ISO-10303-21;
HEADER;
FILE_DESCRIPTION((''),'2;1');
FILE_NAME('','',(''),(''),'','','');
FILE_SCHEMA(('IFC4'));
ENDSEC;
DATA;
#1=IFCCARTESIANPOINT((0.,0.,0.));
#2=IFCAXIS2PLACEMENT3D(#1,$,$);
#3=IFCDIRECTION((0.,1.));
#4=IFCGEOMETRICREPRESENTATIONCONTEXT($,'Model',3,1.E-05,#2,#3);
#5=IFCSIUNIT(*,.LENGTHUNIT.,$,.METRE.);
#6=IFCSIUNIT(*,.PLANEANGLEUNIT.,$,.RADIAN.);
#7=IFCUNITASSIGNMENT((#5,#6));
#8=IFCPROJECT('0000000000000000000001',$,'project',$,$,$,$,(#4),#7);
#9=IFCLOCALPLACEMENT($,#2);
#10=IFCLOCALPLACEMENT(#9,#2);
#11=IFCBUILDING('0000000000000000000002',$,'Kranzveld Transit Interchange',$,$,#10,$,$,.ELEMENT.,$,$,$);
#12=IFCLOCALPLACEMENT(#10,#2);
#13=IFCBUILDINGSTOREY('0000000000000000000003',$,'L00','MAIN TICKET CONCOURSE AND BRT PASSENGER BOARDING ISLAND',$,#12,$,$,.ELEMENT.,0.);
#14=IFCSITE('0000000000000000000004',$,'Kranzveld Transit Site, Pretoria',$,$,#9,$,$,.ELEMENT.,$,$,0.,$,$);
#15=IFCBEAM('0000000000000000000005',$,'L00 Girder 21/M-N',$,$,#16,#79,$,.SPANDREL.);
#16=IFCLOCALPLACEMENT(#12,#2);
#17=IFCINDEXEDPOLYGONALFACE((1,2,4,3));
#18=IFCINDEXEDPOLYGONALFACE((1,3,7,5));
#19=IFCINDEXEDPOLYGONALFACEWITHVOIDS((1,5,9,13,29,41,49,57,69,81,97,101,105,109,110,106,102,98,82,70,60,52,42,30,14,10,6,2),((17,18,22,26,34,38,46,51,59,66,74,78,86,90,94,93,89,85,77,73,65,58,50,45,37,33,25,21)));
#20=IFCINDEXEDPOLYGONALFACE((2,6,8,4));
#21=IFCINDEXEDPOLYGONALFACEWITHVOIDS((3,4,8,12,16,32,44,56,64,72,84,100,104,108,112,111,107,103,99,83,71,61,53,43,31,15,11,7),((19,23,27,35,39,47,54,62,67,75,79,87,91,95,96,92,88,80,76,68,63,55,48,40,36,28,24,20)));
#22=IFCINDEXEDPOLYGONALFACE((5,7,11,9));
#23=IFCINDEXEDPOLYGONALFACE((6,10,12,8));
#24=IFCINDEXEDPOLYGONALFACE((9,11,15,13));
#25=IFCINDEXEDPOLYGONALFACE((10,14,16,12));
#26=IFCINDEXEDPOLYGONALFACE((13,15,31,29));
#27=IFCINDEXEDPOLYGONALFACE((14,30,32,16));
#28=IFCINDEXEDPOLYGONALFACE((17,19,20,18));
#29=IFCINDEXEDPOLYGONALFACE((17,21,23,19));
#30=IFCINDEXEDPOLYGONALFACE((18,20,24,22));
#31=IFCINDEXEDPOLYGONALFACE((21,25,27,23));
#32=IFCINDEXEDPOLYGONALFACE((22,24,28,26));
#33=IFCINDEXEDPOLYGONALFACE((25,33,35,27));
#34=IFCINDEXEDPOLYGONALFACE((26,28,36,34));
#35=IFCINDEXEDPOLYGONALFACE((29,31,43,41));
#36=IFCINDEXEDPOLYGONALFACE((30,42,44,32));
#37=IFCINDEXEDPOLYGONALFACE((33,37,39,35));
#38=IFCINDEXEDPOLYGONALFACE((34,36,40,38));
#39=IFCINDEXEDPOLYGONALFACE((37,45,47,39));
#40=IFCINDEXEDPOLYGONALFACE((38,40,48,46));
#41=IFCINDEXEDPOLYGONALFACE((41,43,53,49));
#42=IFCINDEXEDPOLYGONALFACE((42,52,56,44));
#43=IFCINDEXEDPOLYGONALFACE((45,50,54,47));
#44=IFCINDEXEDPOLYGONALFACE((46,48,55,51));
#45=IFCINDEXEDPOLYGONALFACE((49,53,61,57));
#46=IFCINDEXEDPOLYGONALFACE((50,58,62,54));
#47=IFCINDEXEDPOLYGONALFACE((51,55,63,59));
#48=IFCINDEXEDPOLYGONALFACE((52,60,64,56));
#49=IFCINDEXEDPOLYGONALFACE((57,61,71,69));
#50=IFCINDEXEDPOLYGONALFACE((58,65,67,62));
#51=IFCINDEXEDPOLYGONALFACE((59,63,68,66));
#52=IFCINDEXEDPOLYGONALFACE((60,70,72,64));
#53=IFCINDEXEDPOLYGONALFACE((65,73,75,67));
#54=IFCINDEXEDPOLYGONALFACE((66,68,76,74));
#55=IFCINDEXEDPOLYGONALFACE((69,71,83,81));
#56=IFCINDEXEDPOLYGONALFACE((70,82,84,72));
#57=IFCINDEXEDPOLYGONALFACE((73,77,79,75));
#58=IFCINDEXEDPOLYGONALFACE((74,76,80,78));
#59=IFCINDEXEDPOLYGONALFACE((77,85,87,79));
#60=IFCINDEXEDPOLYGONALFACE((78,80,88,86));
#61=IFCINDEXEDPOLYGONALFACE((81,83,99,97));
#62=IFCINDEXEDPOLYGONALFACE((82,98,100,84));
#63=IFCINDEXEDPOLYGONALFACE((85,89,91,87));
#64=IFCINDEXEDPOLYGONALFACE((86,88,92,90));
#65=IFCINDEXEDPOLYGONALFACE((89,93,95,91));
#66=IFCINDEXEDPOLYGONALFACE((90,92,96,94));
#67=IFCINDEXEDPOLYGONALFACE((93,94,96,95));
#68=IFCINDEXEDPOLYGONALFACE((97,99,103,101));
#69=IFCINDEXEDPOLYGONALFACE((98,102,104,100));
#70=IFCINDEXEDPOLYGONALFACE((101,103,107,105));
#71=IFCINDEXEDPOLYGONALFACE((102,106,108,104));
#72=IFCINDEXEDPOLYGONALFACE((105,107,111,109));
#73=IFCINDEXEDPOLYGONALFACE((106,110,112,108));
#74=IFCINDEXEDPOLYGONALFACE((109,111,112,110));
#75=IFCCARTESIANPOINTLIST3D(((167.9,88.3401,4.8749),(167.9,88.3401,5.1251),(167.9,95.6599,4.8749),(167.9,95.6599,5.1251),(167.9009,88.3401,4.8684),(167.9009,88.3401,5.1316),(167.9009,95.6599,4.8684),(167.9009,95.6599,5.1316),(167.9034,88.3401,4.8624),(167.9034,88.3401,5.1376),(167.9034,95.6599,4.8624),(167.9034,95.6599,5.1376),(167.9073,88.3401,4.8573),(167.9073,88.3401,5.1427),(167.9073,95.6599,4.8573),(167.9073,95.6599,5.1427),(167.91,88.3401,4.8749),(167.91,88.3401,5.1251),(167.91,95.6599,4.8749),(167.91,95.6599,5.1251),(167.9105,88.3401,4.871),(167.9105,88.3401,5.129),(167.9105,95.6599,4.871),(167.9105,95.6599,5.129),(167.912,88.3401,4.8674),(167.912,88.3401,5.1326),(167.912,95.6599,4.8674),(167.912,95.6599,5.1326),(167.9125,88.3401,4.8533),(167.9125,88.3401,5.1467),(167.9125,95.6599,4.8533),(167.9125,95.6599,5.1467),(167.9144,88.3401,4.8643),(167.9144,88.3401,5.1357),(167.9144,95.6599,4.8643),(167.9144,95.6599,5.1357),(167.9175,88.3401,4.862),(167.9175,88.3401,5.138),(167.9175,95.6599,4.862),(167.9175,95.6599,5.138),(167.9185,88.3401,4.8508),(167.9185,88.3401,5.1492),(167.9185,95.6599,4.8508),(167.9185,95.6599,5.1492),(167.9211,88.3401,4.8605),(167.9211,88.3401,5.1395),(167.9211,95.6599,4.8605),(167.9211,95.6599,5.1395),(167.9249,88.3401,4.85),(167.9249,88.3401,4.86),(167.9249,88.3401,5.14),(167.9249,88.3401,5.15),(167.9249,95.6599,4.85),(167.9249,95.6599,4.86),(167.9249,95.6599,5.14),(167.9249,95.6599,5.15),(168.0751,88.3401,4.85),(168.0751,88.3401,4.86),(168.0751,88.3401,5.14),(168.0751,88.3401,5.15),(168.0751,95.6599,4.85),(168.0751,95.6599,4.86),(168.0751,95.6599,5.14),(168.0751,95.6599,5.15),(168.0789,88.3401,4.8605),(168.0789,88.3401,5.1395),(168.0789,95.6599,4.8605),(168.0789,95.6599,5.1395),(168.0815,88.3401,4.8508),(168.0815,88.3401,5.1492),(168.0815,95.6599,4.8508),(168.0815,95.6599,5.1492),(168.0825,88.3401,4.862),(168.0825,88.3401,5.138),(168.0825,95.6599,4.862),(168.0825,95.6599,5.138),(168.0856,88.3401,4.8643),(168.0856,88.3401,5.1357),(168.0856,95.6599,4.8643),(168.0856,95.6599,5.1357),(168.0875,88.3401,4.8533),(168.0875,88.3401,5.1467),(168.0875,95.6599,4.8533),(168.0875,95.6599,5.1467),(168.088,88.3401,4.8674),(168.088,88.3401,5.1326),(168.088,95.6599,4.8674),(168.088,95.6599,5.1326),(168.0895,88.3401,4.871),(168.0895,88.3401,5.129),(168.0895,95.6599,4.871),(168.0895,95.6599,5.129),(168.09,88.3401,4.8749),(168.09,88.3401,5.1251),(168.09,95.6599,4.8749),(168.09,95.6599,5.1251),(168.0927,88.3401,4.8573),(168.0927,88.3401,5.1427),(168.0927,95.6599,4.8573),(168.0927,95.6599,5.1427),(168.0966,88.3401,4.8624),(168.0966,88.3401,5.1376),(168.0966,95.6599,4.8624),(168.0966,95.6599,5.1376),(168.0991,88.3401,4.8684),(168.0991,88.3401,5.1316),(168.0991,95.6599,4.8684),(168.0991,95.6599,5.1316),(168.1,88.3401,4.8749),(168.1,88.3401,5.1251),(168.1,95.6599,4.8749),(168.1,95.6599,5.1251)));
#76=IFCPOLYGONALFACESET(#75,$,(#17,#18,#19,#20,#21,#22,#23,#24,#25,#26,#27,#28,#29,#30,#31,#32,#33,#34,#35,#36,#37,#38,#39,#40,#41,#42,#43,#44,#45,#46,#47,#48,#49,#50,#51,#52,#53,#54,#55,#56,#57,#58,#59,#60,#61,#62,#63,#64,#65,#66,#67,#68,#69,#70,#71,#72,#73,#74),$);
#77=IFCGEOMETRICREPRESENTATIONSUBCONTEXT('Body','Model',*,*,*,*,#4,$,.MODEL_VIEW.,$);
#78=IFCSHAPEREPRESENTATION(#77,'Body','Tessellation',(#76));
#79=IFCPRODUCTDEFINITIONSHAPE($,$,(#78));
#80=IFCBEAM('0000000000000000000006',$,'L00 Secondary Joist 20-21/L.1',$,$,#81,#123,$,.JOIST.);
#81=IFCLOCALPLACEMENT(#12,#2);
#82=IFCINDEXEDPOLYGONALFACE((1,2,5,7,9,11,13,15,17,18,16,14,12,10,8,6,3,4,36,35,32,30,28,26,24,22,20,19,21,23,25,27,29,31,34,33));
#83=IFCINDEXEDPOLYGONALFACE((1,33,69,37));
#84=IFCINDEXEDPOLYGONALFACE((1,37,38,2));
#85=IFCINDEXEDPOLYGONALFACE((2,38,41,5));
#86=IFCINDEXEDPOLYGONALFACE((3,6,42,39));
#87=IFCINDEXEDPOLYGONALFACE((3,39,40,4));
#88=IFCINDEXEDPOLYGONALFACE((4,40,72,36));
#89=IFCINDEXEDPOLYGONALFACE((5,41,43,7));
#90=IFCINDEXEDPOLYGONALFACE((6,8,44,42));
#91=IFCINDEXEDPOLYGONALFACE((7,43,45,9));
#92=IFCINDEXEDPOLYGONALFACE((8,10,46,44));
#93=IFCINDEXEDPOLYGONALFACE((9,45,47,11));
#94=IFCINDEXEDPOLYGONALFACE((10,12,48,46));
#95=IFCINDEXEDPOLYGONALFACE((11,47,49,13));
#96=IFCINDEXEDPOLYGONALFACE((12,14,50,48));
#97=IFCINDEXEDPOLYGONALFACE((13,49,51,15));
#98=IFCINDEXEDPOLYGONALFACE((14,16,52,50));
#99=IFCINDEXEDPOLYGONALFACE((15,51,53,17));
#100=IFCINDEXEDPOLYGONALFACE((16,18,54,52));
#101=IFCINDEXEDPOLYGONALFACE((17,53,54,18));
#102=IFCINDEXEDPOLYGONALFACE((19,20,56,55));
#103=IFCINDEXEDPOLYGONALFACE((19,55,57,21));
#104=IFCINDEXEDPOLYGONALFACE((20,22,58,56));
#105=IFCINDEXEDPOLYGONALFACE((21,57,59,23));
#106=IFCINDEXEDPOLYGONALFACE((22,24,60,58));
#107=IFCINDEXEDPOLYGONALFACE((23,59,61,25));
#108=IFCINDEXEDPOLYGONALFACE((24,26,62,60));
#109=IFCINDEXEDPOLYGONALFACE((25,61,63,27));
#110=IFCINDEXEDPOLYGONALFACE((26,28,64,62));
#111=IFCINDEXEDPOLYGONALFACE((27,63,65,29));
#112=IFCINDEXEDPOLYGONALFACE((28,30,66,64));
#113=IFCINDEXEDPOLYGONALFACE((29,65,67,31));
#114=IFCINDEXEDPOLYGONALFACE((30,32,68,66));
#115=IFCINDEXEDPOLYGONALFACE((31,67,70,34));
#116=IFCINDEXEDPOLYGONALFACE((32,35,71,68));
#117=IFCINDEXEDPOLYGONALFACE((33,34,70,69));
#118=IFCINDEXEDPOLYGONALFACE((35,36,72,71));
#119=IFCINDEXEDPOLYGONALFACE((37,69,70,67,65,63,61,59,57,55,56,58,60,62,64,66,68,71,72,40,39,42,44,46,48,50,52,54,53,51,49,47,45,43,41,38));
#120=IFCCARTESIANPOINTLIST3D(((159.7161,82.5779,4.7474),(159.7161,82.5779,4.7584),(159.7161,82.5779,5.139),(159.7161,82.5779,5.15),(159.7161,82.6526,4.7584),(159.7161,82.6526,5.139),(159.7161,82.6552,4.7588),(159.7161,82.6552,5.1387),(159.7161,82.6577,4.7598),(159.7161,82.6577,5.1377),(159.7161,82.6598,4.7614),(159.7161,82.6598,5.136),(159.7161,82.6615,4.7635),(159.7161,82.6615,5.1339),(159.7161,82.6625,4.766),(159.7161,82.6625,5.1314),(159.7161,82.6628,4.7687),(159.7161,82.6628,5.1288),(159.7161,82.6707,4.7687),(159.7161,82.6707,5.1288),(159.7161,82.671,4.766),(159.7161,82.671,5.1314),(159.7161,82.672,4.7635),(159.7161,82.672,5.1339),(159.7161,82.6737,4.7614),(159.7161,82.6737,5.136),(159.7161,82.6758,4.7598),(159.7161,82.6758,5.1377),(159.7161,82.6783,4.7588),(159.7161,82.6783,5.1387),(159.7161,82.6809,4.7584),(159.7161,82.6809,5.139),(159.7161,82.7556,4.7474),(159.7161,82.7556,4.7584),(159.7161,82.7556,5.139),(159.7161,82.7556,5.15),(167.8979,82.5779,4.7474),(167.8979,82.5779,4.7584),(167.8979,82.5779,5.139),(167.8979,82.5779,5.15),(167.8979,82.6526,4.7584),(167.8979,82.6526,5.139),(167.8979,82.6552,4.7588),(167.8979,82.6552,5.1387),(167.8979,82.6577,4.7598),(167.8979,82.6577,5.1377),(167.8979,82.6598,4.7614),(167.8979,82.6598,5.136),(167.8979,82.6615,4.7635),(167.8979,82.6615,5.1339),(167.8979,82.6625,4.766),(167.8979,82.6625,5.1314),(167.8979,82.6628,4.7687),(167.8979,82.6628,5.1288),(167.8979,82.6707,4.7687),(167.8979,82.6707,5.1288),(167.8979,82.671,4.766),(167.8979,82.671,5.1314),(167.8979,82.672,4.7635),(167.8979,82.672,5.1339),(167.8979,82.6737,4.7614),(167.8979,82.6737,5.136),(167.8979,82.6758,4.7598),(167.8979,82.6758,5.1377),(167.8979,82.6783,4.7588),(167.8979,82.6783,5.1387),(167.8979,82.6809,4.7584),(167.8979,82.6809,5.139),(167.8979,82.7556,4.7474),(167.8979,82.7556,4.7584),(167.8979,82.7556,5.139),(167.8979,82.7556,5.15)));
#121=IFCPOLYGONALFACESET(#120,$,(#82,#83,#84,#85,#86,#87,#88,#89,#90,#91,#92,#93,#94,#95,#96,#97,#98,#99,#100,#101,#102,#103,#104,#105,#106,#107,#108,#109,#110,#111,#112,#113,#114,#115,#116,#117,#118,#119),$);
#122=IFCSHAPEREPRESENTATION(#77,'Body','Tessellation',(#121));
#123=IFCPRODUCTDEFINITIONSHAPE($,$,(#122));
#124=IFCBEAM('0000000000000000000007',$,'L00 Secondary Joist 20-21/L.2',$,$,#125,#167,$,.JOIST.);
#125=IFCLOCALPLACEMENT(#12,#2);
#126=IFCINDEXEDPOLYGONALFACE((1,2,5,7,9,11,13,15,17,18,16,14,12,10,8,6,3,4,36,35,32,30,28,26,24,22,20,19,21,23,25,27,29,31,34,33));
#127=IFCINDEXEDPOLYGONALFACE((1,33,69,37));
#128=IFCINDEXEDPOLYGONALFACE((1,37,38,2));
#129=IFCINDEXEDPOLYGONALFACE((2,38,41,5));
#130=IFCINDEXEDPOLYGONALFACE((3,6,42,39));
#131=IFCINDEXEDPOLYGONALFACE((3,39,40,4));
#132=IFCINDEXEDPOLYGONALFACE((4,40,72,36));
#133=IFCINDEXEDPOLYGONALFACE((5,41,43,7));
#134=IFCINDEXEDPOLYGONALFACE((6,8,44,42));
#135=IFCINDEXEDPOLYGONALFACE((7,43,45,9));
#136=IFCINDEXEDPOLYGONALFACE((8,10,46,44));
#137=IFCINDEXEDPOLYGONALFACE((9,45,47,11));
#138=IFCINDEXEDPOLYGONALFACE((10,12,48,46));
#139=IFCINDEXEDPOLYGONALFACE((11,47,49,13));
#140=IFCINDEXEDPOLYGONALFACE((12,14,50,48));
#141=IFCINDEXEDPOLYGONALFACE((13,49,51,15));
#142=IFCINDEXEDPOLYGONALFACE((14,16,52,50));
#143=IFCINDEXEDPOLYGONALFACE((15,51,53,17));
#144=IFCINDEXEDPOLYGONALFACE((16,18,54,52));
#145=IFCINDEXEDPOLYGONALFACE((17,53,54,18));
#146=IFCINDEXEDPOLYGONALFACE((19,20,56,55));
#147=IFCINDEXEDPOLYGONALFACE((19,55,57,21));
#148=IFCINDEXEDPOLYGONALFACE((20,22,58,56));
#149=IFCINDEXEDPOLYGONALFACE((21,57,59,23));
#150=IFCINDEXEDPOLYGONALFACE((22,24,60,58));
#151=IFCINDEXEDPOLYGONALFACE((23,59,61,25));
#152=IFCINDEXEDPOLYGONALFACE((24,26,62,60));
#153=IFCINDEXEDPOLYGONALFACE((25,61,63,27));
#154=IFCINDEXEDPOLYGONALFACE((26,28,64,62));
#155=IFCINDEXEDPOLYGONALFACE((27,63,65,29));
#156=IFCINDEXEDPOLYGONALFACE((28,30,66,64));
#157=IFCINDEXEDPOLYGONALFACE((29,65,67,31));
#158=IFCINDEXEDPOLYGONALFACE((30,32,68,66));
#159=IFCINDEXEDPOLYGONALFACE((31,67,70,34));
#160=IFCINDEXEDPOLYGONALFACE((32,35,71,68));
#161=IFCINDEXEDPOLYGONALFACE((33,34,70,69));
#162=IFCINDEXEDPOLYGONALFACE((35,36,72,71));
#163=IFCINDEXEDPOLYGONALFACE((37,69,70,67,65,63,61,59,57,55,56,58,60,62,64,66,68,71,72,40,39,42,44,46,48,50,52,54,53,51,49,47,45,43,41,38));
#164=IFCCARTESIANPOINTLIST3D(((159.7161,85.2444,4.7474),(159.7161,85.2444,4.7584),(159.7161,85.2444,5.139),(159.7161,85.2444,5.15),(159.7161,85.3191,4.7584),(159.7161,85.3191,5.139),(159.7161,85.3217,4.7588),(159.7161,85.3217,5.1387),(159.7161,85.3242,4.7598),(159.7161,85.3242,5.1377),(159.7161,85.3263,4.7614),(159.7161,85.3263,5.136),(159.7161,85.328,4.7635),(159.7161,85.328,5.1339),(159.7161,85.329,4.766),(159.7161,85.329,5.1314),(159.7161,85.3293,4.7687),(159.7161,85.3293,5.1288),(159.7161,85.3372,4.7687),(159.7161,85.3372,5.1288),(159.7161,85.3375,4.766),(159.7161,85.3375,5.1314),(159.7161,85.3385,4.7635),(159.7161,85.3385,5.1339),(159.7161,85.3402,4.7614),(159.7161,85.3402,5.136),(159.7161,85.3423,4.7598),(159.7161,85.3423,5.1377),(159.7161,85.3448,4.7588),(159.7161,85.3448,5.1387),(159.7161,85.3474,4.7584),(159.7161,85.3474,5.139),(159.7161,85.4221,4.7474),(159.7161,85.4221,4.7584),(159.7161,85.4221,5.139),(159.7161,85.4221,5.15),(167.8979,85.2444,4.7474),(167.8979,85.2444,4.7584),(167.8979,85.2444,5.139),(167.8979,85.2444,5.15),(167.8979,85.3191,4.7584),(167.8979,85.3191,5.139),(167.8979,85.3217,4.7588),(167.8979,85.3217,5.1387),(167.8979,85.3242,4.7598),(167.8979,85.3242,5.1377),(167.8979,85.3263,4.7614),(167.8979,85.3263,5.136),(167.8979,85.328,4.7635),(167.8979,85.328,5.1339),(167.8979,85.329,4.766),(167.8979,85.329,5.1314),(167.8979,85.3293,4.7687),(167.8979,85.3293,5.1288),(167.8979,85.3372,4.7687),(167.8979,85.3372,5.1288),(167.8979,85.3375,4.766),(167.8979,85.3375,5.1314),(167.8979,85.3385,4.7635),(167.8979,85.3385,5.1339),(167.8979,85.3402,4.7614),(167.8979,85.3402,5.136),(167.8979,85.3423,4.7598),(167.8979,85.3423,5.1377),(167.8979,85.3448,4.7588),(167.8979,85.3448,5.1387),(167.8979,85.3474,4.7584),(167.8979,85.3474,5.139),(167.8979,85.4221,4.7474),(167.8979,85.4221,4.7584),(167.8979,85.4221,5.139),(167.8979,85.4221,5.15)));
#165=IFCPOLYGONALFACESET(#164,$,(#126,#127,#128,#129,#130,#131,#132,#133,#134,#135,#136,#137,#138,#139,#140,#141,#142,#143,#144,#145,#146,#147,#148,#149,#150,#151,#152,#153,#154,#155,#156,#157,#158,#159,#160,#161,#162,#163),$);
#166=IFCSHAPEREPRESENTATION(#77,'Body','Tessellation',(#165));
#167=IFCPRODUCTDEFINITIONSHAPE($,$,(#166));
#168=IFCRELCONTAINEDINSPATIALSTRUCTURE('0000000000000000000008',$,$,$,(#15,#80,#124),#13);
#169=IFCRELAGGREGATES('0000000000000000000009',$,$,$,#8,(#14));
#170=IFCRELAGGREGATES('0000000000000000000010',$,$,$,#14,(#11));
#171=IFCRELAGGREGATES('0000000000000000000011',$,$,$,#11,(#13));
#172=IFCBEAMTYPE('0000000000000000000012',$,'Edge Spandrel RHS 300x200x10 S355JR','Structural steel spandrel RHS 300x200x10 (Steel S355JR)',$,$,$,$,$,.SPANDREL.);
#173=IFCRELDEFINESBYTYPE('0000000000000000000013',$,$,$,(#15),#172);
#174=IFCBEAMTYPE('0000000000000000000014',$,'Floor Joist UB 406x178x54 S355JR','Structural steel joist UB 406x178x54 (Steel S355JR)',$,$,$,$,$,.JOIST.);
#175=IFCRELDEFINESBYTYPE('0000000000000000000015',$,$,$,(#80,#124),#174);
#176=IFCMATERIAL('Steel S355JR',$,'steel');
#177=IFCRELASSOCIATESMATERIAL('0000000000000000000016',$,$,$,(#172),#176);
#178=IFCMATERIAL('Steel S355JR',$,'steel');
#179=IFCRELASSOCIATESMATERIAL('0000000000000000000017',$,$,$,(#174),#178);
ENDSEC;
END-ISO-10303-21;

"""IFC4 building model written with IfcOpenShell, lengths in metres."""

from ifc_helpers import new_model, si_unit, direction, frame, origin, origin_2d, place, context, subcontext, project, spatial, hollow_rectangle, i_section, extrude, material, material_profile, profile_set, type_object, element, save


model = new_model("IFC4")

# Units and contexts
model_context = context("Model", 3, precision=1e-05, world=origin(), true_north=direction((0.0, 1.0)))
body_context = subcontext(model_context, "Body", "Model", "MODEL_VIEW")
ifc_project = project(units=[si_unit("LENGTHUNIT", "METRE"), si_unit("PLANEANGLEUNIT", "RADIAN")], contexts=[model_context])

# Site, building, storey
site_placement = place(None, origin())
site = spatial("IfcSite", under=ifc_project, at=site_placement, Name="Kranzveld Transit Site, Pretoria", CompositionType="ELEMENT", RefElevation=0.0)
building_placement = place(site_placement, origin())
building = spatial("IfcBuilding", under=site, at=building_placement, Name="Kranzveld Transit Interchange", CompositionType="ELEMENT")
storey_placement = place(building_placement, origin())
storey = spatial("IfcBuildingStorey", under=building, at=storey_placement, Name="L00", Description="MAIN TICKET CONCOURSE AND BRT PASSENGER BOARDING ISLAND", CompositionType="ELEMENT", Elevation=0.0)

# Beams
ifc_material_1 = material(Name="Steel S355JR", Category="steel")
ifc_material_profile_1 = material_profile(ifc_material_1, hollow_rectangle(XDim=0.2, YDim=0.3, WallThickness=0.01, InnerFilletRadius=0.0149, OuterFilletRadius=0.0249, at=origin_2d()), Name="RHS 300x200x10")
ifc_profile_set_1 = profile_set([ifc_material_profile_1], Name="Steel S355JR")
beam_type_1 = type_object("IfcBeamType", Name="Edge Spandrel RHS 300x200x10 S355JR", Description="Structural steel spandrel RHS 300x200x10 (Steel S355JR)", PredefinedType="SPANDREL", material=ifc_profile_set_1)
for number, where, z_axis, x_axis, name in (
    (1, (168.0, 88.3401, 5.0), (0.0, 1.0, 0.0), (-1.0, 0.0, 0.0), "L00 Girder 21/M-N"),
):
    element("IfcBeam", number, at=place(storey_placement, frame(where, z_axis=z_axis, x_axis=x_axis)), inside=storey, type_object=beam_type_1, Name=name, PredefinedType="SPANDREL", context=body_context, shape_type="SweptSolid", body=[
        extrude(hollow_rectangle(XDim=0.2, YDim=0.3, WallThickness=0.01, InnerFilletRadius=0.0149, OuterFilletRadius=0.0249, at=origin_2d()), origin(), (0.0, 0.0, 1.0), 7.3198),
    ])
ifc_material_2 = material(Name="Steel S355JR", Category="steel")
ifc_material_profile_2 = material_profile(ifc_material_2, i_section(OverallWidth=0.1777, OverallDepth=0.4026, WebThickness=0.0078, FlangeThickness=0.011, FilletRadius=0.0103, at=origin_2d()), Name="UB 406x178x54")
ifc_profile_set_2 = profile_set([ifc_material_profile_2], Name="Steel S355JR")
beam_type_2 = type_object("IfcBeamType", Name="Floor Joist UB 406x178x54 S355JR", Description="Structural steel joist UB 406x178x54 (Steel S355JR)", PredefinedType="JOIST", material=ifc_profile_set_2)
for number, where, z_axis, x_axis, name in (
    (2, (159.7161, 82.6667, 4.9487), (1.0, 0.0, 0.0), (0.0, 1.0, 0.0), "L00 Secondary Joist 20-21/L.1"),
    (3, (159.7161, 85.3333, 4.9487), (1.0, 0.0, 0.0), (0.0, 1.0, 0.0), "L00 Secondary Joist 20-21/L.2"),
):
    element("IfcBeam", number, at=place(storey_placement, frame(where, z_axis=z_axis, x_axis=x_axis)), inside=storey, type_object=beam_type_2, Name=name, PredefinedType="JOIST", context=body_context, shape_type="SweptSolid", body=[
        extrude(i_section(OverallWidth=0.1777, OverallDepth=0.4026, WebThickness=0.0078, FlangeThickness=0.011, FilletRadius=0.0103, at=origin_2d()), origin(), (0.0, 0.0, 1.0), 8.1819),
    ])

save(model, "model.ifc")
